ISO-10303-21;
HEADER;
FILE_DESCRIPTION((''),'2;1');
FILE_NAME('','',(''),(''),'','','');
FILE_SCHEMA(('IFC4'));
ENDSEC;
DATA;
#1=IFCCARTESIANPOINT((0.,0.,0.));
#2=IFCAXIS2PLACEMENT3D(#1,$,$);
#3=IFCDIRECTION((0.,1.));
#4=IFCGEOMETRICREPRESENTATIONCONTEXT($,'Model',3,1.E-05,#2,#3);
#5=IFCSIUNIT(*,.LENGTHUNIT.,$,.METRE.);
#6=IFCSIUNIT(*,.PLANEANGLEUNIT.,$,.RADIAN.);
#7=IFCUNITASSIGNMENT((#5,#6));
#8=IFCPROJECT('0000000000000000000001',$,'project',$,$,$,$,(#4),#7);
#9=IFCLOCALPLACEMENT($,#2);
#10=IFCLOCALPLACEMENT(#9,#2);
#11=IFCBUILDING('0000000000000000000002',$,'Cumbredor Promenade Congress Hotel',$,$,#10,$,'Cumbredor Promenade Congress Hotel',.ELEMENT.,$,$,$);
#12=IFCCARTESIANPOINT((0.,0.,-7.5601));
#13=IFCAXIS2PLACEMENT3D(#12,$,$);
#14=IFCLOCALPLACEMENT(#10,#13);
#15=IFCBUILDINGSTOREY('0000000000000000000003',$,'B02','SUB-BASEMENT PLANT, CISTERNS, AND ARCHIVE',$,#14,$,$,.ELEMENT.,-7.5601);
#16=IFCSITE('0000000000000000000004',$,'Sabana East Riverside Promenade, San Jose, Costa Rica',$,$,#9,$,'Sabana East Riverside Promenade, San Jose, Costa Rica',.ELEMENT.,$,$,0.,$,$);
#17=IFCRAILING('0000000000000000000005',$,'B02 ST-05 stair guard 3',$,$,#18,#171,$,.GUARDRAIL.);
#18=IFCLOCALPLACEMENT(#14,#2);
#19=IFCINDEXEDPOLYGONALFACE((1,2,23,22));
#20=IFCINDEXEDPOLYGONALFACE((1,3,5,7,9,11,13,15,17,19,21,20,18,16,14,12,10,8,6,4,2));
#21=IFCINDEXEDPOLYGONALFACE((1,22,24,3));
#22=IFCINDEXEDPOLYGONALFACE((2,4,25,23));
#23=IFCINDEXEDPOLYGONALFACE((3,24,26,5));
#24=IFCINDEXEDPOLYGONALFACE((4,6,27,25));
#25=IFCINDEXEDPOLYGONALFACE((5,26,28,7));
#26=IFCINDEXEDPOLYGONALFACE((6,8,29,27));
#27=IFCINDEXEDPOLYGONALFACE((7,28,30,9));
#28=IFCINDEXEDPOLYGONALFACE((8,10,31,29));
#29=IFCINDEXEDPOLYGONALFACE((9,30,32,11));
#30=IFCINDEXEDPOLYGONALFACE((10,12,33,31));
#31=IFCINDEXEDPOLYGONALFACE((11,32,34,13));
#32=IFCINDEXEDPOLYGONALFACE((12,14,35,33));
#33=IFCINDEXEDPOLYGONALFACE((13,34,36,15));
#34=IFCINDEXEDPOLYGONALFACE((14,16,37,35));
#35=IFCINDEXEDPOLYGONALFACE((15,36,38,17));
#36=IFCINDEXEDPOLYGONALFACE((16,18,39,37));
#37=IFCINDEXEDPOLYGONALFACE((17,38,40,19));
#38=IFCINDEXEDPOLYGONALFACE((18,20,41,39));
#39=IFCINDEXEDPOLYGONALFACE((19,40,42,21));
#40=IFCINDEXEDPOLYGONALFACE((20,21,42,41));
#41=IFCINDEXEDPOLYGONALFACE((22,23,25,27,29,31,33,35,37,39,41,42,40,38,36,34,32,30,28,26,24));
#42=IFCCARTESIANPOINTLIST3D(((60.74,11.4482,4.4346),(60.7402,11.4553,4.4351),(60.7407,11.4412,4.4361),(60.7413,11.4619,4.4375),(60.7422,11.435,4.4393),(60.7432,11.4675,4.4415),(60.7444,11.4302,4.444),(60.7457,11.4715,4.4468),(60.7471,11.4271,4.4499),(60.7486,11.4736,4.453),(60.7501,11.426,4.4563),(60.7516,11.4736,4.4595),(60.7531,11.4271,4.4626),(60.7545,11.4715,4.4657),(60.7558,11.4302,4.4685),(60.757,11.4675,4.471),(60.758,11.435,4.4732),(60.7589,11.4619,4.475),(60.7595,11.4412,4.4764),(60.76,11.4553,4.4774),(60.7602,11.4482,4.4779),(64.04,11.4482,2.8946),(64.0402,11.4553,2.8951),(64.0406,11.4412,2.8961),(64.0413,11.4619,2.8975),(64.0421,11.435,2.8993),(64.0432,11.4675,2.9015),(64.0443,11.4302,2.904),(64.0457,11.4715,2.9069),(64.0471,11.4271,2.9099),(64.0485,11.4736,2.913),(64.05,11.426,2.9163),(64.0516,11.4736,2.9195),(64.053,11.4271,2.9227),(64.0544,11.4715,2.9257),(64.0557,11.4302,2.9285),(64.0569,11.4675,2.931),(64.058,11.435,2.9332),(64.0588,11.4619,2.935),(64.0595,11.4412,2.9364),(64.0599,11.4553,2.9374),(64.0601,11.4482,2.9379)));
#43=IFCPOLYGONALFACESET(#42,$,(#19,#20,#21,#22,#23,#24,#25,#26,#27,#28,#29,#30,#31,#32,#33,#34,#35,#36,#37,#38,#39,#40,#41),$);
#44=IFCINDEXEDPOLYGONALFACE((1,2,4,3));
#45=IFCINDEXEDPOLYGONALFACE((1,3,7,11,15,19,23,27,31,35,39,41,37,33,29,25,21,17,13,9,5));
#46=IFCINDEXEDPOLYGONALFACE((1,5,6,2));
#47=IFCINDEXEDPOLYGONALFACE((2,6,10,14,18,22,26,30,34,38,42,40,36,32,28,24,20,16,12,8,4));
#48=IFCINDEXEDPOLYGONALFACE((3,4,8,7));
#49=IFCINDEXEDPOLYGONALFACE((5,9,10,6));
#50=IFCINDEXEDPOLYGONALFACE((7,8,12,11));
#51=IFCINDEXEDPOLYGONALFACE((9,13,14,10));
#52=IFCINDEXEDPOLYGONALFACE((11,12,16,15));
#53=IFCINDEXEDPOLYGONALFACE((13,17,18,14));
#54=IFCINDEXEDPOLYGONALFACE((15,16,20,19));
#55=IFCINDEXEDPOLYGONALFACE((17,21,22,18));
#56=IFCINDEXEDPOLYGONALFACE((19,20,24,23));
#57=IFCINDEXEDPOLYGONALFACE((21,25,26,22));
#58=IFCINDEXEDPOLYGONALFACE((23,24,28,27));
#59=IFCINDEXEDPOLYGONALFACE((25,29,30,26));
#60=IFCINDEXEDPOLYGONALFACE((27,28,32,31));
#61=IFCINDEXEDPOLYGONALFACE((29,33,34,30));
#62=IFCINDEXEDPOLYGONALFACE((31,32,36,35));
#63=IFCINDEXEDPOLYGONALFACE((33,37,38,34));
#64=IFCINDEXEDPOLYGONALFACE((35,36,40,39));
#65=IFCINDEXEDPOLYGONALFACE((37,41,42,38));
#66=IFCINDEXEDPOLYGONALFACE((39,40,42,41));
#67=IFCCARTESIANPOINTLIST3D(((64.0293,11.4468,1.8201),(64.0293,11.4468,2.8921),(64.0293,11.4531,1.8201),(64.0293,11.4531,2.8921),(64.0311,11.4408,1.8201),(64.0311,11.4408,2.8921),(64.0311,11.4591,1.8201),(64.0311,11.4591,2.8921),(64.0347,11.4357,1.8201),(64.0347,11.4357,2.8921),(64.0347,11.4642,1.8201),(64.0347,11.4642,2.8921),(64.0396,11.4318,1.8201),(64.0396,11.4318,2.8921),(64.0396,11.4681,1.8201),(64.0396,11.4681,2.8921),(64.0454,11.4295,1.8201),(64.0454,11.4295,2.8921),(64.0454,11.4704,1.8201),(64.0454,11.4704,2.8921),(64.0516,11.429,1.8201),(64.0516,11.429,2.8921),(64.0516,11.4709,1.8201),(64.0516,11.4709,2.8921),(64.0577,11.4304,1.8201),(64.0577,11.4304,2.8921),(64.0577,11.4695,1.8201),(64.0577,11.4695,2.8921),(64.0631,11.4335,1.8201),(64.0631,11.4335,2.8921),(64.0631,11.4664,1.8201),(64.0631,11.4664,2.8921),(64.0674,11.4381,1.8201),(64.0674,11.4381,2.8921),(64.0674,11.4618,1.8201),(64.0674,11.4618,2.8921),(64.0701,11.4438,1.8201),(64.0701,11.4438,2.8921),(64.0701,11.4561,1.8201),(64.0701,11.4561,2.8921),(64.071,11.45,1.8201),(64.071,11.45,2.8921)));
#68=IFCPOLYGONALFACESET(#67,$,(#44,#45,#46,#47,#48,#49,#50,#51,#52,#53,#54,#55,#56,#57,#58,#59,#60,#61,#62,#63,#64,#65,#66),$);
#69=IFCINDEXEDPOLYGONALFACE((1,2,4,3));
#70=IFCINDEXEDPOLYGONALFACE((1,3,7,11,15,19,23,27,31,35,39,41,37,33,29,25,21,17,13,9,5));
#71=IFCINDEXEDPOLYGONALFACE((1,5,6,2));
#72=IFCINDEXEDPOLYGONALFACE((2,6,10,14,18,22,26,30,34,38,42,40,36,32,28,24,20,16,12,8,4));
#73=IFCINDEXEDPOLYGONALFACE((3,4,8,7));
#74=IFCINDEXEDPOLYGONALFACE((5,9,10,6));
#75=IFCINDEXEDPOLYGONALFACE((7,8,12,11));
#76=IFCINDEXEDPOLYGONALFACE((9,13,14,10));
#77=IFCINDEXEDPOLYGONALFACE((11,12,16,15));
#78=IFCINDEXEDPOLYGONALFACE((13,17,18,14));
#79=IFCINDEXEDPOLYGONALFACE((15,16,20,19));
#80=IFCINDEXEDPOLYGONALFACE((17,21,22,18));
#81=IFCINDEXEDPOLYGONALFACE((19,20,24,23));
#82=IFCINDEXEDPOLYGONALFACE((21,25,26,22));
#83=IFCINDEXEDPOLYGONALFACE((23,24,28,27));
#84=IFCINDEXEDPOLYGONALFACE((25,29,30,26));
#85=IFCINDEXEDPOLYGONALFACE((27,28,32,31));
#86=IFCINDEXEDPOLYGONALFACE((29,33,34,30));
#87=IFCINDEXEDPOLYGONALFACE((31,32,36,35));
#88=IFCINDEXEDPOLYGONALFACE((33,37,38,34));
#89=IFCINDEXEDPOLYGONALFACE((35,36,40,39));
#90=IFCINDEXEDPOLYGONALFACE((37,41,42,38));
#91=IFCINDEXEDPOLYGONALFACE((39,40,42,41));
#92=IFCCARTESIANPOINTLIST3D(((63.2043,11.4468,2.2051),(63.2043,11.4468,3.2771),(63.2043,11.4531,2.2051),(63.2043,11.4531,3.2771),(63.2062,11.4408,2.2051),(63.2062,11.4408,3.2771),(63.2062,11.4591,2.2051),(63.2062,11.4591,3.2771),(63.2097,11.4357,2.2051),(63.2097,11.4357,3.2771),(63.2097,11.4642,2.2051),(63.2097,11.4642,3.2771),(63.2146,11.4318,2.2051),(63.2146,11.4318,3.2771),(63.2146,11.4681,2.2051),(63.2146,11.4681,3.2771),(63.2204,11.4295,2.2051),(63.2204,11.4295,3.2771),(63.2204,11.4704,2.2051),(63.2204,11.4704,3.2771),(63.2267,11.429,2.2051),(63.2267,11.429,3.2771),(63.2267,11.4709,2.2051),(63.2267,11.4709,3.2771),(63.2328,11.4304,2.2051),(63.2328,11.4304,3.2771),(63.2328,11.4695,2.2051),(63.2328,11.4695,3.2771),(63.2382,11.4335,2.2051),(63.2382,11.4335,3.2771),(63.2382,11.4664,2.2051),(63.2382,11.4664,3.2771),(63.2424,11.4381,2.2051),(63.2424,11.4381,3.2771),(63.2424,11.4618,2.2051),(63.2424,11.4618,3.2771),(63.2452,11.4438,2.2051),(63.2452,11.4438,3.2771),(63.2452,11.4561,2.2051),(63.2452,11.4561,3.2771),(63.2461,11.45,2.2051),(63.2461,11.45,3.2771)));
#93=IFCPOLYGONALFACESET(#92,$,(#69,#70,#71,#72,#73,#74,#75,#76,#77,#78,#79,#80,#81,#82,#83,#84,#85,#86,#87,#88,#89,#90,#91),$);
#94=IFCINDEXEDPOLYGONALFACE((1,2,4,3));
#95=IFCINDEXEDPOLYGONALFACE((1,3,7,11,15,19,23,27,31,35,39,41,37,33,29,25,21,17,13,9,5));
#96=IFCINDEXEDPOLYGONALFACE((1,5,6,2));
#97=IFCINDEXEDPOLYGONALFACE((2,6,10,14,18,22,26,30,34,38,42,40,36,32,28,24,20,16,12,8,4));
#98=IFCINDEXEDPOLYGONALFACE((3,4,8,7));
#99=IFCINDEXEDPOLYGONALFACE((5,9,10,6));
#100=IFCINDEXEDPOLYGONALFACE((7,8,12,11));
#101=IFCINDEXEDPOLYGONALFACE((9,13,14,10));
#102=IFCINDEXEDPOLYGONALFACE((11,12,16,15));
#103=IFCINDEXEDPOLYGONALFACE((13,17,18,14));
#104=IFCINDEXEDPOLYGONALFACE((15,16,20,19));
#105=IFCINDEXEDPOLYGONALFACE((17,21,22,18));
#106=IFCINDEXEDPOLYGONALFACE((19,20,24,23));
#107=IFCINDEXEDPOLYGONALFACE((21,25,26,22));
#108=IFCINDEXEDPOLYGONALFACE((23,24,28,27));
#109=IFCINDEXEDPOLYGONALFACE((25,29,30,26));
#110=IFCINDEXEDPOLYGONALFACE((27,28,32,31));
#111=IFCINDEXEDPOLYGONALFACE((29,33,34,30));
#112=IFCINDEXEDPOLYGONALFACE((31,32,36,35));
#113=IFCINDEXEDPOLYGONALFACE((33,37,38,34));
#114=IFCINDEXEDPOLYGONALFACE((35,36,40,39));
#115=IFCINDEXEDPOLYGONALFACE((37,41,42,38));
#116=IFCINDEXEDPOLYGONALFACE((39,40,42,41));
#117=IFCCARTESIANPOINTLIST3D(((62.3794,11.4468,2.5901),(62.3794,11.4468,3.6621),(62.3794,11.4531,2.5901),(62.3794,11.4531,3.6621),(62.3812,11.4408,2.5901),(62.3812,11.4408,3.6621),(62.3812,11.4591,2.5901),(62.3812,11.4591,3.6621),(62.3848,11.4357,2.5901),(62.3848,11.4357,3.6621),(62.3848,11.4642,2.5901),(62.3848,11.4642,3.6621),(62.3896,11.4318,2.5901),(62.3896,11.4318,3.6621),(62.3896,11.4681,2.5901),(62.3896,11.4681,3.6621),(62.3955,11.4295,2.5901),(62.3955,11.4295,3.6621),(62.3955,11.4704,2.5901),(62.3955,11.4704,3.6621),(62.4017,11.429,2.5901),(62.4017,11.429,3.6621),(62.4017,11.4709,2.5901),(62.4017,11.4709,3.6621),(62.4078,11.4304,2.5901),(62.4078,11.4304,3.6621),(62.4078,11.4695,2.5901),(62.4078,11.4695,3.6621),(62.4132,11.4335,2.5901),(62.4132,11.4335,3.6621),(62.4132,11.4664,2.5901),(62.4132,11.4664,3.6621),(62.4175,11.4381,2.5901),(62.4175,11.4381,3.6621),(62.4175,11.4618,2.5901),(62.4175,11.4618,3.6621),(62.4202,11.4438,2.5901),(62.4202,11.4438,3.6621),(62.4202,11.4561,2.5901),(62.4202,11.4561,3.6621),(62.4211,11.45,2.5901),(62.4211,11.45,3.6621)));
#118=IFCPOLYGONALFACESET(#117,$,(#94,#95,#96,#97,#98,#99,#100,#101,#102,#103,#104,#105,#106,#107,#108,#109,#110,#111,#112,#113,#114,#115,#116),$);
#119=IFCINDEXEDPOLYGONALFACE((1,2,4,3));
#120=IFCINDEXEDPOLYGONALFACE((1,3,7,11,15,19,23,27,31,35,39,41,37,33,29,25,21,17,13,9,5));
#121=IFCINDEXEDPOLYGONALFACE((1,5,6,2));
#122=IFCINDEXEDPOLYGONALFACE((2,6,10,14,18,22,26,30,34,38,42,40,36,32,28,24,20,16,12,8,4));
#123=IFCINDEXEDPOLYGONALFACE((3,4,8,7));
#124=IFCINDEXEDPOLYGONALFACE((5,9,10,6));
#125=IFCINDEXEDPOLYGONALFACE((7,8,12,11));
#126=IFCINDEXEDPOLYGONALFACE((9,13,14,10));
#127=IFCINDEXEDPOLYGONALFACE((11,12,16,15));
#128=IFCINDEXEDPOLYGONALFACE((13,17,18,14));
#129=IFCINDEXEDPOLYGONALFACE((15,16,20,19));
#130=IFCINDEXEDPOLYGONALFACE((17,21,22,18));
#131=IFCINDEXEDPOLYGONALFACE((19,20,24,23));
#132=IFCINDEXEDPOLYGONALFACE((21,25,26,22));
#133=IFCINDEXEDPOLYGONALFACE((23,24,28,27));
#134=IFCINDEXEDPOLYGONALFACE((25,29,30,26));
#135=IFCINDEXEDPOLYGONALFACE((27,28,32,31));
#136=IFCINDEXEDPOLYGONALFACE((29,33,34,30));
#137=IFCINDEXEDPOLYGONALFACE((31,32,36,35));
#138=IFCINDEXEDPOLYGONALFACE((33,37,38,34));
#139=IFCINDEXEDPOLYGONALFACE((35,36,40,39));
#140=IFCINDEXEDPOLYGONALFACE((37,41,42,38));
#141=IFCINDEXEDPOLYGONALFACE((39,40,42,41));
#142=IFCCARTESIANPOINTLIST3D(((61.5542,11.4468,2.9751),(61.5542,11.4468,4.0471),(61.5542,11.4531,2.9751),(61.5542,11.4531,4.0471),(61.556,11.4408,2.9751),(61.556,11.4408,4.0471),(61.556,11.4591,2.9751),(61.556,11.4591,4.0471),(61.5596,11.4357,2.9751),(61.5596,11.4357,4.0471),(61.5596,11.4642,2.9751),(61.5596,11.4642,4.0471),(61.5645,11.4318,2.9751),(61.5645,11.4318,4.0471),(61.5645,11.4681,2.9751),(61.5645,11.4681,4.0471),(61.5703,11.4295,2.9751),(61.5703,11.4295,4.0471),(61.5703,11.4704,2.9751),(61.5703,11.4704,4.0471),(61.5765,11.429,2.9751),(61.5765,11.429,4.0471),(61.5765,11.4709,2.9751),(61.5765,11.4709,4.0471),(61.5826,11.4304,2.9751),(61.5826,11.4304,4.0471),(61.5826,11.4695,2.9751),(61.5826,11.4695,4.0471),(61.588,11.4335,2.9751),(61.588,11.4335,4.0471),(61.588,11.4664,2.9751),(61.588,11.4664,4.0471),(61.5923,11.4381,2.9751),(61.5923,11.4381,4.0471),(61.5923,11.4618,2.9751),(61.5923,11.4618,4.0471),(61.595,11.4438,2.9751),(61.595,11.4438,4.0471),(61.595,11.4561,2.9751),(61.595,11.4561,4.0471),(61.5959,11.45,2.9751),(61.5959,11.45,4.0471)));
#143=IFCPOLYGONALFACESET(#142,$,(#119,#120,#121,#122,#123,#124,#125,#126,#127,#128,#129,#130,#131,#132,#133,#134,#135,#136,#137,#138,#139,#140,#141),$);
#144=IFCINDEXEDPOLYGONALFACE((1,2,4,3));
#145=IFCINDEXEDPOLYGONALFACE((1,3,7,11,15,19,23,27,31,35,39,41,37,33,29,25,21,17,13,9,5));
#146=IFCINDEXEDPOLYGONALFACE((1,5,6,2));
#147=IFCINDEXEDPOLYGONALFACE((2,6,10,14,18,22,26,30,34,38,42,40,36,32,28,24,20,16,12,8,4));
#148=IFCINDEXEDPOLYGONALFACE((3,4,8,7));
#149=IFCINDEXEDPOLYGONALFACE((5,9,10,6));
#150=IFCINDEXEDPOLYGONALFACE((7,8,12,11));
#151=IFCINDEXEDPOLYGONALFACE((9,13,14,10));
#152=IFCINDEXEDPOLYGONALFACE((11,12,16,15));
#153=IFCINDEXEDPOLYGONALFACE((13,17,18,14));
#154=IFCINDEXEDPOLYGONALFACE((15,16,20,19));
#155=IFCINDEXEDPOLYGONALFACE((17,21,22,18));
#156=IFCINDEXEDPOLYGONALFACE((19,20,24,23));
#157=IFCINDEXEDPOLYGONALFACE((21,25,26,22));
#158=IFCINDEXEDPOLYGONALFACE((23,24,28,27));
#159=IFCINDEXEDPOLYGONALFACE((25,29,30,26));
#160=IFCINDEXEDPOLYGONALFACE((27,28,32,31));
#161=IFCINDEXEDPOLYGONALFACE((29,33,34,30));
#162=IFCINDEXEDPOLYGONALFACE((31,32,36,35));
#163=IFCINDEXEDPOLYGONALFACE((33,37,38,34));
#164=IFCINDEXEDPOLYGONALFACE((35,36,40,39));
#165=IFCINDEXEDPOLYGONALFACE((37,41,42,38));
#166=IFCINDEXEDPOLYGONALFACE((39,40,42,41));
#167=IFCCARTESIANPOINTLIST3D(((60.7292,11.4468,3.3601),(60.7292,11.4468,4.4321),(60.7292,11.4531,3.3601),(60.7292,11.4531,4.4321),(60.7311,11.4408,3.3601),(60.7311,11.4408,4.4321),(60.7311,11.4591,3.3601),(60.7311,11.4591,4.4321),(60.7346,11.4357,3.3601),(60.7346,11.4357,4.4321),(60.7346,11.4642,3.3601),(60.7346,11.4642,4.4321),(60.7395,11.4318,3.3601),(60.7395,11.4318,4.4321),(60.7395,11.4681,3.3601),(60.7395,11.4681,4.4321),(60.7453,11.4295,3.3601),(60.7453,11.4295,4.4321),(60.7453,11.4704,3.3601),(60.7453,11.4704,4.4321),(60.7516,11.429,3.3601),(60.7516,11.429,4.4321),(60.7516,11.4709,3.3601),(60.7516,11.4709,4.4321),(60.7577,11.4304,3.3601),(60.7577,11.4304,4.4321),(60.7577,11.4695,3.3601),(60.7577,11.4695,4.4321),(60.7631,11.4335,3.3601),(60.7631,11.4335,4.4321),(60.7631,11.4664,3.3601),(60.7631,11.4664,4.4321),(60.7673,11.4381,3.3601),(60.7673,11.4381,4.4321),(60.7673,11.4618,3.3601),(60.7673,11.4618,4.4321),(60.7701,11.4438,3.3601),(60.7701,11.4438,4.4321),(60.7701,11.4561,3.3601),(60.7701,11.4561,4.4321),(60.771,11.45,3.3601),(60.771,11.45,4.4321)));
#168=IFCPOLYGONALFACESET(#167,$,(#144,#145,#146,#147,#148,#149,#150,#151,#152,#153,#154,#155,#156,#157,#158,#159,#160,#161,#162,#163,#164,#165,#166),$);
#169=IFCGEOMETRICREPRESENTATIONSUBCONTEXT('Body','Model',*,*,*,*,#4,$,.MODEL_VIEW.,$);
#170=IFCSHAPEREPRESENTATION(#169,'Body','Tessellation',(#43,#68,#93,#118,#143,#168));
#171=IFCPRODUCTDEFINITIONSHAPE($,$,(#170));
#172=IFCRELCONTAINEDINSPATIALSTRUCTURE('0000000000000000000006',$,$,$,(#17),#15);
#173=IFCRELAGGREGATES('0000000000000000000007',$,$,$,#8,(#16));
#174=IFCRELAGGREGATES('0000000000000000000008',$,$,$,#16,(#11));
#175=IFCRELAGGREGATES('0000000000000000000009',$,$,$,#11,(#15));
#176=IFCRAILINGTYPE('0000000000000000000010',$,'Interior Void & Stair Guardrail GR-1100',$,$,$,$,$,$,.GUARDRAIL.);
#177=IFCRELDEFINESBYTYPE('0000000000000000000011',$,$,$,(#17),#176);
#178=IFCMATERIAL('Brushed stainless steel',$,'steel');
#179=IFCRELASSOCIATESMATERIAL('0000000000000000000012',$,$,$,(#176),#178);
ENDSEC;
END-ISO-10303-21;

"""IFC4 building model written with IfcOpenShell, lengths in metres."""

from ifc_helpers import new_model, si_unit, direction, frame, origin, origin_2d, place, context, subcontext, project, spatial, circle, extrude, material, type_object, element, save


model = new_model("IFC4")

# Units and contexts
model_context = context("Model", 3, precision=1e-05, world=origin(), true_north=direction((0.0, 1.0)))
body_context = subcontext(model_context, "Body", "Model", "MODEL_VIEW")
ifc_project = project(units=[si_unit("LENGTHUNIT", "METRE"), si_unit("PLANEANGLEUNIT", "RADIAN")], contexts=[model_context])

# Site, building, storey
site_placement = place(None, origin())
site = spatial("IfcSite", under=ifc_project, at=site_placement, Name="Sabana East Riverside Promenade, San Jose, Costa Rica", LongName="Sabana East Riverside Promenade, San Jose, Costa Rica", CompositionType="ELEMENT", RefElevation=0.0)
building_placement = place(site_placement, origin())
building = spatial("IfcBuilding", under=site, at=building_placement, Name="Cumbredor Promenade Congress Hotel", LongName="Cumbredor Promenade Congress Hotel", CompositionType="ELEMENT")
storey_placement = place(building_placement, frame((0.0, 0.0, -7.5601)))
storey = spatial("IfcBuildingStorey", under=building, at=storey_placement, Name="B02", Description="SUB-BASEMENT PLANT, CISTERNS, AND ARCHIVE", CompositionType="ELEMENT", Elevation=-7.5601)

# Railing
ifc_material_1 = material(Name="Brushed stainless steel", Category="steel")
railing_type_1 = type_object("IfcRailingType", Name="Interior Void & Stair Guardrail GR-1100", PredefinedType="GUARDRAIL", material=ifc_material_1)
railing_1_placement = place(storey_placement, frame((64.05, 11.45, 1.8201)))
element("IfcRailing", 1, at=railing_1_placement, inside=storey, type_object=railing_type_1, Name="B02 ST-05 stair guard 3", PredefinedType="GUARDRAIL", context=body_context, shape_type="SweptSolid", body=[
    extrude(circle(Radius=0.0239, at=origin_2d()), frame((0.0, 0.0, 1.0962), z_axis=(-0.906181, 0.0, 0.422889), x_axis=(0.0, -1.0, 0.0)), (0.0, 0.0, 1.0), 3.6416),
    extrude(circle(Radius=0.021, at=origin_2d()), origin(), (0.0, 0.0, 1.0), 1.072),
    extrude(circle(Radius=0.021, at=origin_2d()), frame((-0.825, 0.0, 0.385)), (0.0, 0.0, 1.0), 1.072),
    extrude(circle(Radius=0.021, at=origin_2d()), frame((-1.6499, 0.0, 0.77)), (0.0, 0.0, 1.0), 1.072),
    extrude(circle(Radius=0.021, at=origin_2d()), frame((-2.4751, 0.0, 1.155)), (0.0, 0.0, 1.0), 1.072),
    extrude(circle(Radius=0.021, at=origin_2d()), frame((-3.3, 0.0, 1.54)), (0.0, 0.0, 1.0), 1.072),
])

save(model, "model.ifc")
